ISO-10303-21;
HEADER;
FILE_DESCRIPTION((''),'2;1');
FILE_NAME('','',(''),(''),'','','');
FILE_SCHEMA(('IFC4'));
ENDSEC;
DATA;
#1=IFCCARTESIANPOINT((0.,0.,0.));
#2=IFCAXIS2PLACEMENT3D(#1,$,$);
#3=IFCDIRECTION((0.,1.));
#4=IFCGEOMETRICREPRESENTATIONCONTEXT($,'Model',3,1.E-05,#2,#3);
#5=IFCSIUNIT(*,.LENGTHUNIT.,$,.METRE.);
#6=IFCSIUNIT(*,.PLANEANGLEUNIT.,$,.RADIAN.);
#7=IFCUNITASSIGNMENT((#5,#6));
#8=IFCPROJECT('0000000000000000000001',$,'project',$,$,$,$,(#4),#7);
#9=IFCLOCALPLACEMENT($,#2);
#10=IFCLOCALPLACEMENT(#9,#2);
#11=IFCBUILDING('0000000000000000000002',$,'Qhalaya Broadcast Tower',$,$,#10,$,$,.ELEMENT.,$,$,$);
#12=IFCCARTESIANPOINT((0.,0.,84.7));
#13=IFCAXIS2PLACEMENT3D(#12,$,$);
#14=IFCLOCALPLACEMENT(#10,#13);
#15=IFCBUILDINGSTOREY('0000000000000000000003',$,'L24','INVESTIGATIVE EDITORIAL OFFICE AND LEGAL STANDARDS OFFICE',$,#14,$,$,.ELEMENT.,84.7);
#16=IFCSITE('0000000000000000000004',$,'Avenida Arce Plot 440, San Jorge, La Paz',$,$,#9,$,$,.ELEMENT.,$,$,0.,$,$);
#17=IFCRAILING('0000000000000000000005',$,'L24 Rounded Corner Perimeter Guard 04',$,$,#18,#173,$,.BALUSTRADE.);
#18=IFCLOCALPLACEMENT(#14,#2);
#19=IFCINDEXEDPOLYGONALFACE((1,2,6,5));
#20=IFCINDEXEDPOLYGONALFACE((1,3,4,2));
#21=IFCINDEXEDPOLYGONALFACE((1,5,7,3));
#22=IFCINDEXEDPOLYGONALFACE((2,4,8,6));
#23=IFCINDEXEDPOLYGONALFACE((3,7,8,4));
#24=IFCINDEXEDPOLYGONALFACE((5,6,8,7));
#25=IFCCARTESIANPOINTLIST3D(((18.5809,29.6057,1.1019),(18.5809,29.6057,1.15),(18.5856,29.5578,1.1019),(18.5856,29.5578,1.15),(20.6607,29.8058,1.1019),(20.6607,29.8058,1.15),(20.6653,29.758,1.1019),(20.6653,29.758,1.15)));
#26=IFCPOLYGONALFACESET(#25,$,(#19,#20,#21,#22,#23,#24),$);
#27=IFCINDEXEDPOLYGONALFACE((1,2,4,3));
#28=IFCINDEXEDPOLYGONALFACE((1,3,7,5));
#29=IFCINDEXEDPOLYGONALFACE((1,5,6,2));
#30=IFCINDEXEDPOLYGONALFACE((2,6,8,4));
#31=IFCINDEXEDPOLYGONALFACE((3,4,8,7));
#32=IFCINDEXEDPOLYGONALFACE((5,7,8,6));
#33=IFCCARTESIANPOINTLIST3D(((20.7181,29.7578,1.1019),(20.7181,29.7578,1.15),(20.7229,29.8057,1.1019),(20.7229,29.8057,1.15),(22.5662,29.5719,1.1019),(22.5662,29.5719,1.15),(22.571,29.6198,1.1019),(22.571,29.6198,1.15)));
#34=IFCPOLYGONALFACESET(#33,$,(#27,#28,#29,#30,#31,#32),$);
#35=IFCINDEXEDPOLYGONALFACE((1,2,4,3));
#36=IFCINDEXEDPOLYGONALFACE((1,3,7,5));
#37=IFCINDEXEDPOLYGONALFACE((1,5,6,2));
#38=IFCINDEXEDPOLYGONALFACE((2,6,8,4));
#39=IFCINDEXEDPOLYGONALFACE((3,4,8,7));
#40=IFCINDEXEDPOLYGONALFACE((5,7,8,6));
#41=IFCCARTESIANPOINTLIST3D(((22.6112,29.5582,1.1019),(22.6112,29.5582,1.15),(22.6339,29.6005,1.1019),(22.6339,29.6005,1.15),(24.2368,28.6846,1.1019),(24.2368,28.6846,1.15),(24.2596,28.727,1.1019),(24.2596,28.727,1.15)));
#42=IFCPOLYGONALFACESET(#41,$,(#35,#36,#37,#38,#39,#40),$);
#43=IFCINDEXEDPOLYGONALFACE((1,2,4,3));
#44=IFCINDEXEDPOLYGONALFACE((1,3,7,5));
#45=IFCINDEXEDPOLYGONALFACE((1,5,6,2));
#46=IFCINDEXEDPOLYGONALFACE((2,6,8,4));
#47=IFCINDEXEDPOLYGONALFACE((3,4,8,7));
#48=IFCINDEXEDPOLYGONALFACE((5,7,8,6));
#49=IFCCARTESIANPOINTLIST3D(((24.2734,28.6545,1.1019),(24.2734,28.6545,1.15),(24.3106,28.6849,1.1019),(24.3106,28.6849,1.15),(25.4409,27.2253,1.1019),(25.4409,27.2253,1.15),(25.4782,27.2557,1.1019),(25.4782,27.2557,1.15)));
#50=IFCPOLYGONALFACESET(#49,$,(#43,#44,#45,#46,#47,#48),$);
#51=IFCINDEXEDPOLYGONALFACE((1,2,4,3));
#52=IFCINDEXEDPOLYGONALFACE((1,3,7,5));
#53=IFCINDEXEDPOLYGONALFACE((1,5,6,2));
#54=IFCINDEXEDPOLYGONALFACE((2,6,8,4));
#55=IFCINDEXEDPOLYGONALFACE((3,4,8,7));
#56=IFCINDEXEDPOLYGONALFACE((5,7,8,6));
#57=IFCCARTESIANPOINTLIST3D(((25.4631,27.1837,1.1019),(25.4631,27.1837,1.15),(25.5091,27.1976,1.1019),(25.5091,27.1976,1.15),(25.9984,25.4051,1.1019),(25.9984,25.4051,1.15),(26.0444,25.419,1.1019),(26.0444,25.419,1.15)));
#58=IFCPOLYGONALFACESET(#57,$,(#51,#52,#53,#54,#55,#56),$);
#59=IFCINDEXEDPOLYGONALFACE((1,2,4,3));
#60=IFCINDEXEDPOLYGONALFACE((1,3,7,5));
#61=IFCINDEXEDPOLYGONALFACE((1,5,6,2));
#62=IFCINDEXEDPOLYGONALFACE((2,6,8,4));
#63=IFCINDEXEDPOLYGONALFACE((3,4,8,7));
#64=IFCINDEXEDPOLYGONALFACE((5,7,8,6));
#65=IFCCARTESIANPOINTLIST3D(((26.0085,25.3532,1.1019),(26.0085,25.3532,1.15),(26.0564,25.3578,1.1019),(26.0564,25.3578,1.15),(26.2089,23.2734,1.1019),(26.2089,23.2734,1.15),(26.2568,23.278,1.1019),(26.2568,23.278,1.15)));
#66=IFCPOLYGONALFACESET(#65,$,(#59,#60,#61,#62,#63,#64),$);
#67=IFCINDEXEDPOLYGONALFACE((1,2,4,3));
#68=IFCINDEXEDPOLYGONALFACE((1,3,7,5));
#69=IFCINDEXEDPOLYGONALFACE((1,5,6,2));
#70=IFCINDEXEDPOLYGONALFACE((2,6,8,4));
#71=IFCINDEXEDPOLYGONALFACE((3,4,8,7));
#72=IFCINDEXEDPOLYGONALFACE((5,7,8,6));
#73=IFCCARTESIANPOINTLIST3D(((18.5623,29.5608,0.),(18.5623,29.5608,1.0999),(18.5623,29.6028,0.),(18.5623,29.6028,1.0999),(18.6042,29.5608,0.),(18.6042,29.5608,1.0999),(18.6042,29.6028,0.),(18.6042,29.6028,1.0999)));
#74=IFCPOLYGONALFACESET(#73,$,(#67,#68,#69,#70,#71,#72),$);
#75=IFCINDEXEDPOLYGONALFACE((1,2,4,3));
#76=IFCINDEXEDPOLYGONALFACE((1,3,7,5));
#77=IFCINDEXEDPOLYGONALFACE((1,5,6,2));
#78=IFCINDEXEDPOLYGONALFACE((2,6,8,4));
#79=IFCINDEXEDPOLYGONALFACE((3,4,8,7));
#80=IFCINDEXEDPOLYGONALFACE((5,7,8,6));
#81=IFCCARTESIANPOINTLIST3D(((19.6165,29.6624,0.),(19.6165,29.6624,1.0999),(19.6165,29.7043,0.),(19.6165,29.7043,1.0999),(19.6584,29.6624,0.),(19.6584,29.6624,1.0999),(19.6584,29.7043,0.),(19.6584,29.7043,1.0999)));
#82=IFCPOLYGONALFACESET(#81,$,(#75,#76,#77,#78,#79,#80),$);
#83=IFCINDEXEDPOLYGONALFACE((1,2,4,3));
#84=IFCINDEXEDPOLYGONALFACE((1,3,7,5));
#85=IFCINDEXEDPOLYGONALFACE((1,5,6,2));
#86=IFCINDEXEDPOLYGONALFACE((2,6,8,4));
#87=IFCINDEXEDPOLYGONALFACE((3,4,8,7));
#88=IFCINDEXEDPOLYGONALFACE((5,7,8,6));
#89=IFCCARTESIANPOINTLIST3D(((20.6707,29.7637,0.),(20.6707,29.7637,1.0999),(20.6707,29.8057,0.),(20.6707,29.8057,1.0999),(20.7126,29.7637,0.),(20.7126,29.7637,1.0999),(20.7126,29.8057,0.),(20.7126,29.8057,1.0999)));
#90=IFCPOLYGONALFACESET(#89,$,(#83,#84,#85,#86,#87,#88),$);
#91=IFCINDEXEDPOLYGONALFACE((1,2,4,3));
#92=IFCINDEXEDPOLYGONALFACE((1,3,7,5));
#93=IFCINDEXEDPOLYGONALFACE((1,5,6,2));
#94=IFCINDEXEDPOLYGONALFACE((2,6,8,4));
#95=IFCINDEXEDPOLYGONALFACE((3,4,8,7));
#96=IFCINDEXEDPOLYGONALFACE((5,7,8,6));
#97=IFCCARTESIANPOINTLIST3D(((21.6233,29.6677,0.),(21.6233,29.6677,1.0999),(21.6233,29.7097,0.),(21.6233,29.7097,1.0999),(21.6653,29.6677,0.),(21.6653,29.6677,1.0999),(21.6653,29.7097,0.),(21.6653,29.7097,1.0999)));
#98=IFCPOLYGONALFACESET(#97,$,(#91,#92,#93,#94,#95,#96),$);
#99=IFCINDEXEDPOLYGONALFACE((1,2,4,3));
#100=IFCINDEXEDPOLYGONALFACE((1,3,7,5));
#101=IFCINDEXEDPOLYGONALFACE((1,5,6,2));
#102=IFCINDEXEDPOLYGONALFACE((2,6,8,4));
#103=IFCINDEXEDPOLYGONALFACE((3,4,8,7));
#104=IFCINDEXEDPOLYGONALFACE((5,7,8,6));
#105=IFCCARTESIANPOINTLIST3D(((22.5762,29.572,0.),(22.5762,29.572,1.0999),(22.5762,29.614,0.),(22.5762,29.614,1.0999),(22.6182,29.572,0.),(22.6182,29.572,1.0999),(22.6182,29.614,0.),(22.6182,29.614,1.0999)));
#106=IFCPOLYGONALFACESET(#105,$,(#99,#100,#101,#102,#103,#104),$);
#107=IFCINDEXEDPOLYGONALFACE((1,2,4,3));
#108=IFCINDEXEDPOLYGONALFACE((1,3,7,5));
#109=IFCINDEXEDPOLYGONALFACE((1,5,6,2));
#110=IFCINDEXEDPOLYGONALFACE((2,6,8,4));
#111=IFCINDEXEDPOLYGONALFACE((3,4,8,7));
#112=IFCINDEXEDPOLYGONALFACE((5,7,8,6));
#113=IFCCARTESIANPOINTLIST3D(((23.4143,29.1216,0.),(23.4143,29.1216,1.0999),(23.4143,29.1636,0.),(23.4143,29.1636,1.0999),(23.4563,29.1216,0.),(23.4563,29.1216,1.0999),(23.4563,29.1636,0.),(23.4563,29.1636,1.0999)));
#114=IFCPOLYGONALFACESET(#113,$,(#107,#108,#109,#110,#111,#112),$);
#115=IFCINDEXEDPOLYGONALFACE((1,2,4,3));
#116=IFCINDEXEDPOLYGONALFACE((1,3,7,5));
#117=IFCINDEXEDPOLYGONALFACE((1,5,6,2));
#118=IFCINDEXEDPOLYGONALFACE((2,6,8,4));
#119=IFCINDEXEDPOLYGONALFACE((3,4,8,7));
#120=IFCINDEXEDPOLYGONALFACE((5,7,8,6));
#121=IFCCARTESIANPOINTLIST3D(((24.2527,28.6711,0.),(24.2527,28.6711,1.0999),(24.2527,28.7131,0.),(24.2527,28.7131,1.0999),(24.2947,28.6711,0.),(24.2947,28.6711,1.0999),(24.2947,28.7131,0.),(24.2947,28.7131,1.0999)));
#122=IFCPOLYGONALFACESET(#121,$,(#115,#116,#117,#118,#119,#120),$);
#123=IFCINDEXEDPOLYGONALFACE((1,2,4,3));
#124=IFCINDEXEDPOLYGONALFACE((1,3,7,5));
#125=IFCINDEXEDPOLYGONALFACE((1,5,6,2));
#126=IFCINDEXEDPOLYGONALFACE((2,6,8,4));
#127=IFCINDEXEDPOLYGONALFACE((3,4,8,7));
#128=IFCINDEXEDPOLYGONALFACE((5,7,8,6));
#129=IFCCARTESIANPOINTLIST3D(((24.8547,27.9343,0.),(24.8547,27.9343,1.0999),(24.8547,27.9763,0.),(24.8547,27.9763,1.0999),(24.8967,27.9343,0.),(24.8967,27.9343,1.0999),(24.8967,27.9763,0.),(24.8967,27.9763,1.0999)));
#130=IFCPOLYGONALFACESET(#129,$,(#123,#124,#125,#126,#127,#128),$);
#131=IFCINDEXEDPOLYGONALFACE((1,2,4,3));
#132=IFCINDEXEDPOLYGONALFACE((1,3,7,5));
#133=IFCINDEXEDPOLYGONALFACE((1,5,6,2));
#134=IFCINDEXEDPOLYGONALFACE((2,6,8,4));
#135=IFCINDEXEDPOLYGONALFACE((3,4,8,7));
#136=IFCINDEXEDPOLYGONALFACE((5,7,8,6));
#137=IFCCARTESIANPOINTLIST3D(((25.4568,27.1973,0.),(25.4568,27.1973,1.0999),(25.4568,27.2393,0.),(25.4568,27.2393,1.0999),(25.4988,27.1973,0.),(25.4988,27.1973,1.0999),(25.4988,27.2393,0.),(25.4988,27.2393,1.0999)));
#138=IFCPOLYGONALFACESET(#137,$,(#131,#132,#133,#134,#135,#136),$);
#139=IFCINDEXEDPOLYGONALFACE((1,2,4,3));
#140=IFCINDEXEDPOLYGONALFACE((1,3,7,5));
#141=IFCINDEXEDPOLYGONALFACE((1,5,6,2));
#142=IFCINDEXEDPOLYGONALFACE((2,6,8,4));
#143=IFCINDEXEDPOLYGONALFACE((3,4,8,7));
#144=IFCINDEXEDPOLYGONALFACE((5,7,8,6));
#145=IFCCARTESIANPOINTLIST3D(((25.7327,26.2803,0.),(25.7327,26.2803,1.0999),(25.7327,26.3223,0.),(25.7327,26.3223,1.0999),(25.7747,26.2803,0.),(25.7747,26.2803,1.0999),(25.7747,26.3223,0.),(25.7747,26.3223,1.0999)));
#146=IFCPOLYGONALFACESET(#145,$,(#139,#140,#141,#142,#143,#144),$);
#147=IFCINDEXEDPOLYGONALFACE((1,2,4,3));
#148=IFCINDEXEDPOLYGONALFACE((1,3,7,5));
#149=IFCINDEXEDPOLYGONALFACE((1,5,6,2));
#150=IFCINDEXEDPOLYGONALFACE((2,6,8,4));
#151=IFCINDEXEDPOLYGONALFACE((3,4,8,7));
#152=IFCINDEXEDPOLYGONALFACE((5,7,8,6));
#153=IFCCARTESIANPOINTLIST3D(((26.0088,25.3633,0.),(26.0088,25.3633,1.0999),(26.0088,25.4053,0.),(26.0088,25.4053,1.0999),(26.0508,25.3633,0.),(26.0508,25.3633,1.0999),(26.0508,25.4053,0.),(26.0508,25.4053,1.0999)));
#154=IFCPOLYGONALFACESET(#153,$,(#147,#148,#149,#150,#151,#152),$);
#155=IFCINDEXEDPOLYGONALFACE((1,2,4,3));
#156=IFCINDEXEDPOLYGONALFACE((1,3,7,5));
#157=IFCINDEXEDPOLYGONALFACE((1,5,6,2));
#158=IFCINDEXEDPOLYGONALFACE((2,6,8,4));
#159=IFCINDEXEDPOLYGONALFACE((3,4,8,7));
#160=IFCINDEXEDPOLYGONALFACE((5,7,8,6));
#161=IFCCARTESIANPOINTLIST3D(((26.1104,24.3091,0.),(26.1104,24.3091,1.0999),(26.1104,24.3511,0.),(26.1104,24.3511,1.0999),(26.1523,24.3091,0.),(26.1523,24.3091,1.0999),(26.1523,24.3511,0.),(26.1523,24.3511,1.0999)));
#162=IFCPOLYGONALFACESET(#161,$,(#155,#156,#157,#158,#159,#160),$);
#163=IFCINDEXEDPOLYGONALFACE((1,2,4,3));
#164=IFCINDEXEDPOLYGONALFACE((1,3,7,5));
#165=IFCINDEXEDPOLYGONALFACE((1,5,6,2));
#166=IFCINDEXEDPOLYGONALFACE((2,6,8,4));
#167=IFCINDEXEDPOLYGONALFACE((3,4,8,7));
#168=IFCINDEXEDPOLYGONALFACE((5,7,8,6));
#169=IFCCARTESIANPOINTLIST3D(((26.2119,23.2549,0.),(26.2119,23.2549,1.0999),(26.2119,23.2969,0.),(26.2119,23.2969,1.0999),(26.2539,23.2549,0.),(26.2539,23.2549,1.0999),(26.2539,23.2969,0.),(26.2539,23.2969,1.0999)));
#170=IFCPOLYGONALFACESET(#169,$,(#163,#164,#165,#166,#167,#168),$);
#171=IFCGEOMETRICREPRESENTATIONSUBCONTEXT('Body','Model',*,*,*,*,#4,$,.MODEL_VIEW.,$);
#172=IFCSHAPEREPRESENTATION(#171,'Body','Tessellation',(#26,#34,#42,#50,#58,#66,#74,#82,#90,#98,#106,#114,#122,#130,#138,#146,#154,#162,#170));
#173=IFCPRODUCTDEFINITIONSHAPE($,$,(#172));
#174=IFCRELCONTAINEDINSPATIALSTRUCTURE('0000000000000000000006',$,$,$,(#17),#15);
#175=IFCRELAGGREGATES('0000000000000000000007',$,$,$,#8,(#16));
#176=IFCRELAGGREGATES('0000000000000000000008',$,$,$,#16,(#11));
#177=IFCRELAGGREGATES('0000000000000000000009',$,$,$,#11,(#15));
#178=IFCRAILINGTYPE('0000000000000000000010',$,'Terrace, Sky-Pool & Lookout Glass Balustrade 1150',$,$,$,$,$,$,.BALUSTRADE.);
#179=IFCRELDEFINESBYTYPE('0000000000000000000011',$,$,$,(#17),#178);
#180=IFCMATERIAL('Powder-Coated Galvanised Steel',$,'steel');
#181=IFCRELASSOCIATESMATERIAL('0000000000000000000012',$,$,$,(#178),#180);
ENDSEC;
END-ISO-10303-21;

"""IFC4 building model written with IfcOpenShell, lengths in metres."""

from ifc_helpers import new_model, si_unit, direction, frame, origin, origin_2d, place, context, subcontext, project, spatial, rectangle, extrude, material, type_object, element, save


model = new_model("IFC4")

# Units and contexts
model_context = context("Model", 3, precision=1e-05, world=origin(), true_north=direction((0.0, 1.0)))
body_context = subcontext(model_context, "Body", "Model", "MODEL_VIEW")
ifc_project = project(units=[si_unit("LENGTHUNIT", "METRE"), si_unit("PLANEANGLEUNIT", "RADIAN")], contexts=[model_context])

# Site, building, storey
site_placement = place(None, origin())
site = spatial("IfcSite", under=ifc_project, at=site_placement, Name="Avenida Arce Plot 440, San Jorge, La Paz", CompositionType="ELEMENT", RefElevation=0.0)
building_placement = place(site_placement, origin())
building = spatial("IfcBuilding", under=site, at=building_placement, Name="Qhalaya Broadcast Tower", CompositionType="ELEMENT")
storey_placement = place(building_placement, frame((0.0, 0.0, 84.7)))
storey = spatial("IfcBuildingStorey", under=building, at=storey_placement, Name="L24", Description="INVESTIGATIVE EDITORIAL OFFICE AND LEGAL STANDARDS OFFICE", CompositionType="ELEMENT", Elevation=84.7)

# Railing
ifc_material_1 = material(Name="Powder-Coated Galvanised Steel", Category="steel")
railing_type = type_object("IfcRailingType", Name="Terrace, Sky-Pool & Lookout Glass Balustrade 1150", PredefinedType="BALUSTRADE", material=ifc_material_1)
railing_placement = place(storey_placement, frame((18.5833, 29.5818, 0.0)))
element("IfcRailing", 1, at=railing_placement, inside=storey, type_object=railing_type, Name="L24 Rounded Corner Perimeter Guard 04", PredefinedType="BALUSTRADE", context=body_context, shape_type="SweptSolid", body=[
    extrude(rectangle(XDim=0.0481, YDim=0.0481, at=origin_2d()), frame((0.0, 0.0, 1.126), z_axis=(0.995402, 0.095783, 0.0), x_axis=(-0.095783, 0.995402, 0.0)), (0.0, 0.0, 1.0), 2.0894),
    extrude(rectangle(XDim=0.0481, YDim=0.0481, at=origin_2d()), frame((2.1372, 0.2, 1.126), z_axis=(0.99498, -0.100072, 0.0), x_axis=(0.100072, 0.99498, 0.0)), (0.0, 0.0, 1.0), 1.8574),
    extrude(rectangle(XDim=0.0481, YDim=0.0481, at=origin_2d()), frame((4.0393, -0.0024, 1.126), z_axis=(0.880879, -0.473342, 0.0), x_axis=(0.473342, 0.880879, 0.0)), (0.0, 0.0, 1.0), 1.8455),
    extrude(rectangle(XDim=0.0481, YDim=0.0481, at=origin_2d()), frame((5.7087, -0.9121, 1.126), z_axis=(0.632672, -0.77442, 0.0), x_axis=(0.77442, 0.632672, 0.0)), (0.0, 0.0, 1.0), 1.8455),
    extrude(rectangle(XDim=0.0481, YDim=0.0481, at=origin_2d()), frame((6.9028, -2.3911, 1.126), z_axis=(0.288213, -0.957566, 0.0), x_axis=(0.957566, 0.288213, 0.0)), (0.0, 0.0, 1.0), 1.8574),
    extrude(rectangle(XDim=0.0481, YDim=0.0481, at=origin_2d()), frame((7.4492, -4.2263, 1.126), z_axis=(0.095897, -0.995391, 0.0), x_axis=(0.995391, 0.095897, 0.0)), (0.0, 0.0, 1.0), 2.0894),
    extrude(rectangle(XDim=0.042, YDim=0.042, at=origin_2d()), origin(), (0.0, 0.0, 1.0), 1.0999),
    extrude(rectangle(XDim=0.042, YDim=0.042, at=origin_2d()), frame((1.0542, 0.1016, 0.0)), (0.0, 0.0, 1.0), 1.0999),
    extrude(rectangle(XDim=0.042, YDim=0.042, at=origin_2d()), frame((2.1084, 0.2029, 0.0)), (0.0, 0.0, 1.0), 1.0999),
    extrude(rectangle(XDim=0.042, YDim=0.042, at=origin_2d()), frame((3.061, 0.1069, 0.0)), (0.0, 0.0, 1.0), 1.0999),
    extrude(rectangle(XDim=0.042, YDim=0.042, at=origin_2d()), frame((4.0139, 0.0112, 0.0)), (0.0, 0.0, 1.0), 1.0999),
    extrude(rectangle(XDim=0.042, YDim=0.042, at=origin_2d()), frame((4.8521, -0.4392, 0.0)), (0.0, 0.0, 1.0), 1.0999),
    extrude(rectangle(XDim=0.042, YDim=0.042, at=origin_2d()), frame((5.6904, -0.8896, 0.0)), (0.0, 0.0, 1.0), 1.0999),
    extrude(rectangle(XDim=0.042, YDim=0.042, at=origin_2d()), frame((6.2925, -1.6265, 0.0)), (0.0, 0.0, 1.0), 1.0999),
    extrude(rectangle(XDim=0.042, YDim=0.042, at=origin_2d()), frame((6.8945, -2.3635, 0.0)), (0.0, 0.0, 1.0), 1.0999),
    extrude(rectangle(XDim=0.042, YDim=0.042, at=origin_2d()), frame((7.1704, -3.2805, 0.0)), (0.0, 0.0, 1.0), 1.0999),
    extrude(rectangle(XDim=0.042, YDim=0.042, at=origin_2d()), frame((7.4465, -4.1975, 0.0)), (0.0, 0.0, 1.0), 1.0999),
    extrude(rectangle(XDim=0.042, YDim=0.042, at=origin_2d()), frame((7.5481, -5.2517, 0.0)), (0.0, 0.0, 1.0), 1.0999),
    extrude(rectangle(XDim=0.042, YDim=0.042, at=origin_2d()), frame((7.6497, -6.3059, 0.0)), (0.0, 0.0, 1.0), 1.0999),
])

save(model, "model.ifc")
